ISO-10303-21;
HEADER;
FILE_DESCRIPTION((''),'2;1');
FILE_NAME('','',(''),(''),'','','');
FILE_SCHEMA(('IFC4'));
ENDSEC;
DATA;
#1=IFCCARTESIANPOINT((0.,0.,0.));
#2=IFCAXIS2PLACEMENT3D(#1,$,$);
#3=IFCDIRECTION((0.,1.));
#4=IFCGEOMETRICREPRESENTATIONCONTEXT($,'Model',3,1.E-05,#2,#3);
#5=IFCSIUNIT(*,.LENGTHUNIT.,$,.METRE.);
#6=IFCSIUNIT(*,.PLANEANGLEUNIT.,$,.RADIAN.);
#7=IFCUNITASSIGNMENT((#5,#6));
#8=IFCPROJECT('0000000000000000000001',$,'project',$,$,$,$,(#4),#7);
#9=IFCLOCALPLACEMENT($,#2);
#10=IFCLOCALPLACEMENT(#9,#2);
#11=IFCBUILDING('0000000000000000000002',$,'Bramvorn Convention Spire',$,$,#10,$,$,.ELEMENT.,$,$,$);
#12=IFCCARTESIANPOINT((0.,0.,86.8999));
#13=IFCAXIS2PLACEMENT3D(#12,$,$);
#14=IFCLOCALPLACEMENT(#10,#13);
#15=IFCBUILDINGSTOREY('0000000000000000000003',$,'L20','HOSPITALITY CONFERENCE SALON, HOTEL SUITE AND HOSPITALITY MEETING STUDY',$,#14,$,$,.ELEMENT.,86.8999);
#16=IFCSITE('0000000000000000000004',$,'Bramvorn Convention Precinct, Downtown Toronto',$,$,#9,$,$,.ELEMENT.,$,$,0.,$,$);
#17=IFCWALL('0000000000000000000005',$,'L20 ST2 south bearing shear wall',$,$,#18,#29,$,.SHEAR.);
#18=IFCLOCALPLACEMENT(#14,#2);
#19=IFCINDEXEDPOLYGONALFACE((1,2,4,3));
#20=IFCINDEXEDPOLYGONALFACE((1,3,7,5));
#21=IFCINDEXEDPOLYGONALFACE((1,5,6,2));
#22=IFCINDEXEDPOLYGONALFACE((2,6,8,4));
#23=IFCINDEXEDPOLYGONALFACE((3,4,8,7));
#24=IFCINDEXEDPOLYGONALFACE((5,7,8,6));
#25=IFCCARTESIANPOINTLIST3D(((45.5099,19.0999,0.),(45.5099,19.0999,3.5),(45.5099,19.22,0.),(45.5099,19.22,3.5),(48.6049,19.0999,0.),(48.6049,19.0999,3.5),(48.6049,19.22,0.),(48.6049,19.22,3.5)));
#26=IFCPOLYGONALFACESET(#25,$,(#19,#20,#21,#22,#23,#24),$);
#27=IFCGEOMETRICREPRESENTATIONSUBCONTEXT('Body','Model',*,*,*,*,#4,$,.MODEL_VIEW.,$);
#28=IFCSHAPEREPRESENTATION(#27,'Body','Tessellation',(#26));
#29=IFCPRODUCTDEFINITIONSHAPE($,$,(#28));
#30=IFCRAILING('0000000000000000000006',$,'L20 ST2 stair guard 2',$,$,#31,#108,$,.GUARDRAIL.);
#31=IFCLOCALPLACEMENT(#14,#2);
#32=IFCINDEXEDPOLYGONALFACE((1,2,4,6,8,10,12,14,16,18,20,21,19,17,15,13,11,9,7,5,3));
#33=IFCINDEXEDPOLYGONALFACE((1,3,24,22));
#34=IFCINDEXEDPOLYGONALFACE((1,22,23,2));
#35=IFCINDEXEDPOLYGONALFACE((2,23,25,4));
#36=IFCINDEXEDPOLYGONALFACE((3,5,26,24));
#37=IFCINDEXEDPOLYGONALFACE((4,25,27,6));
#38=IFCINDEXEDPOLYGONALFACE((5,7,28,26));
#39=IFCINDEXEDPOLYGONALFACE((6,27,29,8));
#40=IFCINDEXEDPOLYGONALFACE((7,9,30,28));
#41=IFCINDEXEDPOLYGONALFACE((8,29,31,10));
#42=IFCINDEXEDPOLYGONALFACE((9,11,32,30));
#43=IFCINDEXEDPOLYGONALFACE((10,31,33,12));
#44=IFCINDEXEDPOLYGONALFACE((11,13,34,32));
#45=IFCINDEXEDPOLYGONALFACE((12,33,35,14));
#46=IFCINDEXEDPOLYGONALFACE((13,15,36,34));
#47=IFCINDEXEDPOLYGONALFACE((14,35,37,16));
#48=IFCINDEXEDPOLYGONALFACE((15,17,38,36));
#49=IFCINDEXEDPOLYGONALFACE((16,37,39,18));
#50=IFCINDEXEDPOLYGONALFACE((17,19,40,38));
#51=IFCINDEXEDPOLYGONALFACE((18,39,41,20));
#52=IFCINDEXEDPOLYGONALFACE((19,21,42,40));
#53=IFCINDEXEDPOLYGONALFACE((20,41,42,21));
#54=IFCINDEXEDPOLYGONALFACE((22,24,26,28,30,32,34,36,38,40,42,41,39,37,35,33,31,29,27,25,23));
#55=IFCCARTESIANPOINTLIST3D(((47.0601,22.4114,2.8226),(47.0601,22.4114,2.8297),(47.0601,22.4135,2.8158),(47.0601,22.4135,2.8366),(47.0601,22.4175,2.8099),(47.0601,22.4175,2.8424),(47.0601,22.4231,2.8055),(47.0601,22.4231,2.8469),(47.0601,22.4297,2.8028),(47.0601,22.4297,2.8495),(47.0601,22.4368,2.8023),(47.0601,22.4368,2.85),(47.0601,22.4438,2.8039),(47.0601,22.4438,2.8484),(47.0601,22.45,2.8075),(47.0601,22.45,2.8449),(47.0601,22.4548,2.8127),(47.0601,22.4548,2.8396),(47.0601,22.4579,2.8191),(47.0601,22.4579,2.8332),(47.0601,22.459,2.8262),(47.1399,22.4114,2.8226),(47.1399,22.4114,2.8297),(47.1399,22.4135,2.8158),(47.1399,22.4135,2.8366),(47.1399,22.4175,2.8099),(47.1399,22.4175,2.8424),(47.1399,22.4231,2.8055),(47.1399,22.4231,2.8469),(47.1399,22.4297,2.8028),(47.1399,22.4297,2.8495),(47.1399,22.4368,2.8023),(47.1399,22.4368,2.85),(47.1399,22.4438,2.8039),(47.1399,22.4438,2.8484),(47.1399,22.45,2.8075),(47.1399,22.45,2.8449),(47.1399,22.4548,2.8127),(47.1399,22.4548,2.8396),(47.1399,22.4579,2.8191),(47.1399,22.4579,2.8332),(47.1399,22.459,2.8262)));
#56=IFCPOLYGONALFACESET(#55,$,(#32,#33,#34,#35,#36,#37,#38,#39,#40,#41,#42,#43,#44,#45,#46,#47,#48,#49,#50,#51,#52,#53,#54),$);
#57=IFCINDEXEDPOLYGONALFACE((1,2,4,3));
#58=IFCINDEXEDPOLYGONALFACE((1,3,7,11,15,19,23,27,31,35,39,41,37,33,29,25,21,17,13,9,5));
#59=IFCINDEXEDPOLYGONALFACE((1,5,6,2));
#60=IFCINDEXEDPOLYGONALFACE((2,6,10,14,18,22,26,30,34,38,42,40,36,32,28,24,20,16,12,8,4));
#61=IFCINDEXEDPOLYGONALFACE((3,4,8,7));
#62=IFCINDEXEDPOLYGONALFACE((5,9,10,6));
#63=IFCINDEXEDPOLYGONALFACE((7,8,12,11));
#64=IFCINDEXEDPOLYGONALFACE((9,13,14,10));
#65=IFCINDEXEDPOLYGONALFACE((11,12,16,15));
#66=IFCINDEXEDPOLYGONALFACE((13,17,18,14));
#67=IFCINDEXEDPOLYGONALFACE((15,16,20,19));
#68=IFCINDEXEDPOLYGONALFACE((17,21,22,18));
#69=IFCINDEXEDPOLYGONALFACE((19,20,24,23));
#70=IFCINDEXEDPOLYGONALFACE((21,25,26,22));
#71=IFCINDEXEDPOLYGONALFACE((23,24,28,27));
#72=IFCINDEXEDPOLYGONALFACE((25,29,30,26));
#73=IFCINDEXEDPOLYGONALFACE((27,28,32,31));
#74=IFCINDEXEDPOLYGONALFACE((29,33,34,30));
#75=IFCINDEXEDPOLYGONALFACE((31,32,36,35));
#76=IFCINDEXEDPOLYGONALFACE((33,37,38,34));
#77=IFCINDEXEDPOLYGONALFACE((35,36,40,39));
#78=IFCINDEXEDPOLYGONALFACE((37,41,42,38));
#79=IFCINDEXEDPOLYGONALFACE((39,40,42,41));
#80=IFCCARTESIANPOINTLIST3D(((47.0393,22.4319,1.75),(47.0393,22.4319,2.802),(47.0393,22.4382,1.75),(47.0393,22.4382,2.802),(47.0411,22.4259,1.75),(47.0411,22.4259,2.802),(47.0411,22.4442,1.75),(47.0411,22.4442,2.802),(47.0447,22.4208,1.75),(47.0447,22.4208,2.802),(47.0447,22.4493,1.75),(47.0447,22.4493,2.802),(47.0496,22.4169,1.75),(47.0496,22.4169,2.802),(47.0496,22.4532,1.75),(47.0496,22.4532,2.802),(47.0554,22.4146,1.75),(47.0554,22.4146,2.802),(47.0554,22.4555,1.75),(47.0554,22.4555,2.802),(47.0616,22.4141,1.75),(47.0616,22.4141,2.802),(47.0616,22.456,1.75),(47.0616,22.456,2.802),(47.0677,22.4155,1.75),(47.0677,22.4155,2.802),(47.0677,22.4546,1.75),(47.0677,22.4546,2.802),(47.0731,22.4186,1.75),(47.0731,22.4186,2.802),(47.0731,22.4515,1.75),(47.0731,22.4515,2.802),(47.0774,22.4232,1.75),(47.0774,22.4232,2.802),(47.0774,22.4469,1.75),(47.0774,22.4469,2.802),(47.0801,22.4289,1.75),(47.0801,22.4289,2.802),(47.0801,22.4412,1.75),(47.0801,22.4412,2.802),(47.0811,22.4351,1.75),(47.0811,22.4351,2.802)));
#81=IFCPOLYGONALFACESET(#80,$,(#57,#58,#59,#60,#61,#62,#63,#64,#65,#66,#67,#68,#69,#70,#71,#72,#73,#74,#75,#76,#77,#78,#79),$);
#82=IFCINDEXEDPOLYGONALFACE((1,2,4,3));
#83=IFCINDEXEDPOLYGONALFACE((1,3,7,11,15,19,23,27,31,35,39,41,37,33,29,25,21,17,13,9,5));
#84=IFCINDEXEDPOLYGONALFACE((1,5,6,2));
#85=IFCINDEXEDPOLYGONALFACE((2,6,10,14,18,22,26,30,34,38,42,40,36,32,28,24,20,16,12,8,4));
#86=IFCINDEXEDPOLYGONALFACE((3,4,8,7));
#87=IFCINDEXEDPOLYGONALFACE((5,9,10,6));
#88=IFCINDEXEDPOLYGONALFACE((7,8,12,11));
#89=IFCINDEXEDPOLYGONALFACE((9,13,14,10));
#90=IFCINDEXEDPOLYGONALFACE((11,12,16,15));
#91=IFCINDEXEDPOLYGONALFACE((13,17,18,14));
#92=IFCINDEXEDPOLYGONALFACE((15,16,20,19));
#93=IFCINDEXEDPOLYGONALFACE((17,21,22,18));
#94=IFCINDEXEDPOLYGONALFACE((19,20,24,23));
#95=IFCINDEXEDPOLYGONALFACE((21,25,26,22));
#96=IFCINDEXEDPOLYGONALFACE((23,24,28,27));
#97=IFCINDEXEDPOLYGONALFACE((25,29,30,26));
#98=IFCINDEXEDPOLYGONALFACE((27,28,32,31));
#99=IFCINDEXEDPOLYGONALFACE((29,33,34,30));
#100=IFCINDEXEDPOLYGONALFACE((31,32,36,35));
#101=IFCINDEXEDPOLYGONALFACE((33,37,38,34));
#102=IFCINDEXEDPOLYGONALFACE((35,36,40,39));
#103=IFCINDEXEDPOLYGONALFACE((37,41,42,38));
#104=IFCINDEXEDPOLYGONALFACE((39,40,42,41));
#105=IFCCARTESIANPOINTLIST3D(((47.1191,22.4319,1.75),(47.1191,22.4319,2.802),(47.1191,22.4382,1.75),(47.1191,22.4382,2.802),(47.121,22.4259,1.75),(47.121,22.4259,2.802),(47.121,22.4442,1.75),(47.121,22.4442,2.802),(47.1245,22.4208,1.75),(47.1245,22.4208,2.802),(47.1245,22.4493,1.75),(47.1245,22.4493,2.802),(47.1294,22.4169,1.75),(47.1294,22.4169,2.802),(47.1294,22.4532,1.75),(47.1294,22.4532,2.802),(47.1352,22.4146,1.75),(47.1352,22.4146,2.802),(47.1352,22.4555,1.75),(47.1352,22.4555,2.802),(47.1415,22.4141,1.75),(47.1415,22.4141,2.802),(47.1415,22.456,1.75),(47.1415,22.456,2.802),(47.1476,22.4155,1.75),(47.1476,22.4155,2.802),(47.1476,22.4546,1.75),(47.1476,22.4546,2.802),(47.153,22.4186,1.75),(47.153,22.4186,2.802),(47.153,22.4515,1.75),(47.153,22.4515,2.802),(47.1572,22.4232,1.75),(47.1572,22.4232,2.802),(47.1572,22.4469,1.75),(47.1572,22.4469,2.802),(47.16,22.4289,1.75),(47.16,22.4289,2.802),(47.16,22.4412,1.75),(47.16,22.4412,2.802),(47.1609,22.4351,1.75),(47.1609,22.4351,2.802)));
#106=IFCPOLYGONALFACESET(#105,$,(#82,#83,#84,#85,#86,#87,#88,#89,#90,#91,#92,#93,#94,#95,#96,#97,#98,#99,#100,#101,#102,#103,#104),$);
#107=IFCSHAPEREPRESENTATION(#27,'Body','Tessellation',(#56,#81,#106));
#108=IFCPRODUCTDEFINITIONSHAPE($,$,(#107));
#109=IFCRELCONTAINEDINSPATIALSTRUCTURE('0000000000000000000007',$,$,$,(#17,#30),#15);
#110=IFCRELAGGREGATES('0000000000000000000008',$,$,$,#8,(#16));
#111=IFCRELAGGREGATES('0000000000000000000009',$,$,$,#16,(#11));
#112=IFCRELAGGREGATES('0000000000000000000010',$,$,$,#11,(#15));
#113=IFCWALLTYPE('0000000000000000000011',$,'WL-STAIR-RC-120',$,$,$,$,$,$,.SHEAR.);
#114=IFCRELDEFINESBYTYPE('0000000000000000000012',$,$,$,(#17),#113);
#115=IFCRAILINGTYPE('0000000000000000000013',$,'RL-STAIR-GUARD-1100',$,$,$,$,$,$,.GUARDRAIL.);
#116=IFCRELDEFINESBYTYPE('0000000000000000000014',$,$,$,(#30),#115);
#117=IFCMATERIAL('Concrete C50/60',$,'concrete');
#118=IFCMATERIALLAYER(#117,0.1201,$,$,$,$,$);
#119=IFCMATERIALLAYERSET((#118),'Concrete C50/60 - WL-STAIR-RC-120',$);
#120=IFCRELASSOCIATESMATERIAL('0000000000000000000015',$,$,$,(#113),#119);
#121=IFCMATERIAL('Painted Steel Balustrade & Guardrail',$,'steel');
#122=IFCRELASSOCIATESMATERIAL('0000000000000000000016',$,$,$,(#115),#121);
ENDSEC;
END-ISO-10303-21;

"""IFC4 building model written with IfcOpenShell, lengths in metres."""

from ifc_helpers import new_model, si_unit, direction, frame, frame_2d, origin, origin_2d, place, context, subcontext, project, spatial, rectangle, circle, extrude, material, layer, layer_set, type_object, element, save


model = new_model("IFC4")

# Units and contexts
model_context = context("Model", 3, precision=1e-05, world=origin(), true_north=direction((0.0, 1.0)))
body_context = subcontext(model_context, "Body", "Model", "MODEL_VIEW")
ifc_project = project(units=[si_unit("LENGTHUNIT", "METRE"), si_unit("PLANEANGLEUNIT", "RADIAN")], contexts=[model_context])

# Site, building, storey
site_placement = place(None, origin())
site = spatial("IfcSite", under=ifc_project, at=site_placement, Name="Bramvorn Convention Precinct, Downtown Toronto", CompositionType="ELEMENT", RefElevation=0.0)
building_placement = place(site_placement, origin())
building = spatial("IfcBuilding", under=site, at=building_placement, Name="Bramvorn Convention Spire", CompositionType="ELEMENT")
storey_placement = place(building_placement, frame((0.0, 0.0, 86.8999)))
storey = spatial("IfcBuildingStorey", under=building, at=storey_placement, Name="L20", Description="HOSPITALITY CONFERENCE SALON, HOTEL SUITE AND HOSPITALITY MEETING STUDY", CompositionType="ELEMENT", Elevation=86.8999)

# Shared definitions
ifc_material_1 = material(Name="Concrete C50/60", Category="concrete")

# Wall
ifc_layer_1 = layer(ifc_material_1, 0.1201)
ifc_layer_set_1 = layer_set([ifc_layer_1], Name="Concrete C50/60 - WL-STAIR-RC-120")
wall_type_1 = type_object("IfcWallType", Name="WL-STAIR-RC-120", PredefinedType="SHEAR", material=ifc_layer_set_1)
wall_1_placement = place(storey_placement, frame((45.51, 19.1599, 0.0), z_axis=(0.0, 0.0, 1.0), x_axis=(1.0, 0.0, 0.0)))
element("IfcWall", 1, at=wall_1_placement, inside=storey, type_object=wall_type_1, Name="L20 ST2 south bearing shear wall", PredefinedType="SHEAR", context=body_context, shape_type="SweptSolid", body=[
    extrude(rectangle(XDim=3.095, YDim=0.1201, at=frame_2d((1.5474, 0.0))), origin(), (0.0, 0.0, 1.0), 3.5),
])

# Railing
ifc_material_2 = material(Name="Painted Steel Balustrade & Guardrail", Category="steel")
railing_type_1 = type_object("IfcRailingType", Name="RL-STAIR-GUARD-1100", PredefinedType="GUARDRAIL", material=ifc_material_2)
railing_1_placement = place(storey_placement, frame((47.0601, 22.4351, 1.75)))
element("IfcRailing", 2, at=railing_1_placement, inside=storey, type_object=railing_type_1, Name="L20 ST2 stair guard 2", PredefinedType="GUARDRAIL", context=body_context, shape_type="SweptSolid", body=[
    extrude(circle(Radius=0.0239, at=origin_2d()), frame((0.0, 0.0, 1.0762), z_axis=(1.0, 0.0, 0.0), x_axis=(0.0, 1.0, 0.0)), (0.0, 0.0, 1.0), 0.0798),
    extrude(circle(Radius=0.021, at=origin_2d()), origin(), (0.0, 0.0, 1.0), 1.052),
    extrude(circle(Radius=0.021, at=origin_2d()), frame((0.0798, 0.0, 0.0)), (0.0, 0.0, 1.0), 1.052),
])

save(model, "model.ifc")
